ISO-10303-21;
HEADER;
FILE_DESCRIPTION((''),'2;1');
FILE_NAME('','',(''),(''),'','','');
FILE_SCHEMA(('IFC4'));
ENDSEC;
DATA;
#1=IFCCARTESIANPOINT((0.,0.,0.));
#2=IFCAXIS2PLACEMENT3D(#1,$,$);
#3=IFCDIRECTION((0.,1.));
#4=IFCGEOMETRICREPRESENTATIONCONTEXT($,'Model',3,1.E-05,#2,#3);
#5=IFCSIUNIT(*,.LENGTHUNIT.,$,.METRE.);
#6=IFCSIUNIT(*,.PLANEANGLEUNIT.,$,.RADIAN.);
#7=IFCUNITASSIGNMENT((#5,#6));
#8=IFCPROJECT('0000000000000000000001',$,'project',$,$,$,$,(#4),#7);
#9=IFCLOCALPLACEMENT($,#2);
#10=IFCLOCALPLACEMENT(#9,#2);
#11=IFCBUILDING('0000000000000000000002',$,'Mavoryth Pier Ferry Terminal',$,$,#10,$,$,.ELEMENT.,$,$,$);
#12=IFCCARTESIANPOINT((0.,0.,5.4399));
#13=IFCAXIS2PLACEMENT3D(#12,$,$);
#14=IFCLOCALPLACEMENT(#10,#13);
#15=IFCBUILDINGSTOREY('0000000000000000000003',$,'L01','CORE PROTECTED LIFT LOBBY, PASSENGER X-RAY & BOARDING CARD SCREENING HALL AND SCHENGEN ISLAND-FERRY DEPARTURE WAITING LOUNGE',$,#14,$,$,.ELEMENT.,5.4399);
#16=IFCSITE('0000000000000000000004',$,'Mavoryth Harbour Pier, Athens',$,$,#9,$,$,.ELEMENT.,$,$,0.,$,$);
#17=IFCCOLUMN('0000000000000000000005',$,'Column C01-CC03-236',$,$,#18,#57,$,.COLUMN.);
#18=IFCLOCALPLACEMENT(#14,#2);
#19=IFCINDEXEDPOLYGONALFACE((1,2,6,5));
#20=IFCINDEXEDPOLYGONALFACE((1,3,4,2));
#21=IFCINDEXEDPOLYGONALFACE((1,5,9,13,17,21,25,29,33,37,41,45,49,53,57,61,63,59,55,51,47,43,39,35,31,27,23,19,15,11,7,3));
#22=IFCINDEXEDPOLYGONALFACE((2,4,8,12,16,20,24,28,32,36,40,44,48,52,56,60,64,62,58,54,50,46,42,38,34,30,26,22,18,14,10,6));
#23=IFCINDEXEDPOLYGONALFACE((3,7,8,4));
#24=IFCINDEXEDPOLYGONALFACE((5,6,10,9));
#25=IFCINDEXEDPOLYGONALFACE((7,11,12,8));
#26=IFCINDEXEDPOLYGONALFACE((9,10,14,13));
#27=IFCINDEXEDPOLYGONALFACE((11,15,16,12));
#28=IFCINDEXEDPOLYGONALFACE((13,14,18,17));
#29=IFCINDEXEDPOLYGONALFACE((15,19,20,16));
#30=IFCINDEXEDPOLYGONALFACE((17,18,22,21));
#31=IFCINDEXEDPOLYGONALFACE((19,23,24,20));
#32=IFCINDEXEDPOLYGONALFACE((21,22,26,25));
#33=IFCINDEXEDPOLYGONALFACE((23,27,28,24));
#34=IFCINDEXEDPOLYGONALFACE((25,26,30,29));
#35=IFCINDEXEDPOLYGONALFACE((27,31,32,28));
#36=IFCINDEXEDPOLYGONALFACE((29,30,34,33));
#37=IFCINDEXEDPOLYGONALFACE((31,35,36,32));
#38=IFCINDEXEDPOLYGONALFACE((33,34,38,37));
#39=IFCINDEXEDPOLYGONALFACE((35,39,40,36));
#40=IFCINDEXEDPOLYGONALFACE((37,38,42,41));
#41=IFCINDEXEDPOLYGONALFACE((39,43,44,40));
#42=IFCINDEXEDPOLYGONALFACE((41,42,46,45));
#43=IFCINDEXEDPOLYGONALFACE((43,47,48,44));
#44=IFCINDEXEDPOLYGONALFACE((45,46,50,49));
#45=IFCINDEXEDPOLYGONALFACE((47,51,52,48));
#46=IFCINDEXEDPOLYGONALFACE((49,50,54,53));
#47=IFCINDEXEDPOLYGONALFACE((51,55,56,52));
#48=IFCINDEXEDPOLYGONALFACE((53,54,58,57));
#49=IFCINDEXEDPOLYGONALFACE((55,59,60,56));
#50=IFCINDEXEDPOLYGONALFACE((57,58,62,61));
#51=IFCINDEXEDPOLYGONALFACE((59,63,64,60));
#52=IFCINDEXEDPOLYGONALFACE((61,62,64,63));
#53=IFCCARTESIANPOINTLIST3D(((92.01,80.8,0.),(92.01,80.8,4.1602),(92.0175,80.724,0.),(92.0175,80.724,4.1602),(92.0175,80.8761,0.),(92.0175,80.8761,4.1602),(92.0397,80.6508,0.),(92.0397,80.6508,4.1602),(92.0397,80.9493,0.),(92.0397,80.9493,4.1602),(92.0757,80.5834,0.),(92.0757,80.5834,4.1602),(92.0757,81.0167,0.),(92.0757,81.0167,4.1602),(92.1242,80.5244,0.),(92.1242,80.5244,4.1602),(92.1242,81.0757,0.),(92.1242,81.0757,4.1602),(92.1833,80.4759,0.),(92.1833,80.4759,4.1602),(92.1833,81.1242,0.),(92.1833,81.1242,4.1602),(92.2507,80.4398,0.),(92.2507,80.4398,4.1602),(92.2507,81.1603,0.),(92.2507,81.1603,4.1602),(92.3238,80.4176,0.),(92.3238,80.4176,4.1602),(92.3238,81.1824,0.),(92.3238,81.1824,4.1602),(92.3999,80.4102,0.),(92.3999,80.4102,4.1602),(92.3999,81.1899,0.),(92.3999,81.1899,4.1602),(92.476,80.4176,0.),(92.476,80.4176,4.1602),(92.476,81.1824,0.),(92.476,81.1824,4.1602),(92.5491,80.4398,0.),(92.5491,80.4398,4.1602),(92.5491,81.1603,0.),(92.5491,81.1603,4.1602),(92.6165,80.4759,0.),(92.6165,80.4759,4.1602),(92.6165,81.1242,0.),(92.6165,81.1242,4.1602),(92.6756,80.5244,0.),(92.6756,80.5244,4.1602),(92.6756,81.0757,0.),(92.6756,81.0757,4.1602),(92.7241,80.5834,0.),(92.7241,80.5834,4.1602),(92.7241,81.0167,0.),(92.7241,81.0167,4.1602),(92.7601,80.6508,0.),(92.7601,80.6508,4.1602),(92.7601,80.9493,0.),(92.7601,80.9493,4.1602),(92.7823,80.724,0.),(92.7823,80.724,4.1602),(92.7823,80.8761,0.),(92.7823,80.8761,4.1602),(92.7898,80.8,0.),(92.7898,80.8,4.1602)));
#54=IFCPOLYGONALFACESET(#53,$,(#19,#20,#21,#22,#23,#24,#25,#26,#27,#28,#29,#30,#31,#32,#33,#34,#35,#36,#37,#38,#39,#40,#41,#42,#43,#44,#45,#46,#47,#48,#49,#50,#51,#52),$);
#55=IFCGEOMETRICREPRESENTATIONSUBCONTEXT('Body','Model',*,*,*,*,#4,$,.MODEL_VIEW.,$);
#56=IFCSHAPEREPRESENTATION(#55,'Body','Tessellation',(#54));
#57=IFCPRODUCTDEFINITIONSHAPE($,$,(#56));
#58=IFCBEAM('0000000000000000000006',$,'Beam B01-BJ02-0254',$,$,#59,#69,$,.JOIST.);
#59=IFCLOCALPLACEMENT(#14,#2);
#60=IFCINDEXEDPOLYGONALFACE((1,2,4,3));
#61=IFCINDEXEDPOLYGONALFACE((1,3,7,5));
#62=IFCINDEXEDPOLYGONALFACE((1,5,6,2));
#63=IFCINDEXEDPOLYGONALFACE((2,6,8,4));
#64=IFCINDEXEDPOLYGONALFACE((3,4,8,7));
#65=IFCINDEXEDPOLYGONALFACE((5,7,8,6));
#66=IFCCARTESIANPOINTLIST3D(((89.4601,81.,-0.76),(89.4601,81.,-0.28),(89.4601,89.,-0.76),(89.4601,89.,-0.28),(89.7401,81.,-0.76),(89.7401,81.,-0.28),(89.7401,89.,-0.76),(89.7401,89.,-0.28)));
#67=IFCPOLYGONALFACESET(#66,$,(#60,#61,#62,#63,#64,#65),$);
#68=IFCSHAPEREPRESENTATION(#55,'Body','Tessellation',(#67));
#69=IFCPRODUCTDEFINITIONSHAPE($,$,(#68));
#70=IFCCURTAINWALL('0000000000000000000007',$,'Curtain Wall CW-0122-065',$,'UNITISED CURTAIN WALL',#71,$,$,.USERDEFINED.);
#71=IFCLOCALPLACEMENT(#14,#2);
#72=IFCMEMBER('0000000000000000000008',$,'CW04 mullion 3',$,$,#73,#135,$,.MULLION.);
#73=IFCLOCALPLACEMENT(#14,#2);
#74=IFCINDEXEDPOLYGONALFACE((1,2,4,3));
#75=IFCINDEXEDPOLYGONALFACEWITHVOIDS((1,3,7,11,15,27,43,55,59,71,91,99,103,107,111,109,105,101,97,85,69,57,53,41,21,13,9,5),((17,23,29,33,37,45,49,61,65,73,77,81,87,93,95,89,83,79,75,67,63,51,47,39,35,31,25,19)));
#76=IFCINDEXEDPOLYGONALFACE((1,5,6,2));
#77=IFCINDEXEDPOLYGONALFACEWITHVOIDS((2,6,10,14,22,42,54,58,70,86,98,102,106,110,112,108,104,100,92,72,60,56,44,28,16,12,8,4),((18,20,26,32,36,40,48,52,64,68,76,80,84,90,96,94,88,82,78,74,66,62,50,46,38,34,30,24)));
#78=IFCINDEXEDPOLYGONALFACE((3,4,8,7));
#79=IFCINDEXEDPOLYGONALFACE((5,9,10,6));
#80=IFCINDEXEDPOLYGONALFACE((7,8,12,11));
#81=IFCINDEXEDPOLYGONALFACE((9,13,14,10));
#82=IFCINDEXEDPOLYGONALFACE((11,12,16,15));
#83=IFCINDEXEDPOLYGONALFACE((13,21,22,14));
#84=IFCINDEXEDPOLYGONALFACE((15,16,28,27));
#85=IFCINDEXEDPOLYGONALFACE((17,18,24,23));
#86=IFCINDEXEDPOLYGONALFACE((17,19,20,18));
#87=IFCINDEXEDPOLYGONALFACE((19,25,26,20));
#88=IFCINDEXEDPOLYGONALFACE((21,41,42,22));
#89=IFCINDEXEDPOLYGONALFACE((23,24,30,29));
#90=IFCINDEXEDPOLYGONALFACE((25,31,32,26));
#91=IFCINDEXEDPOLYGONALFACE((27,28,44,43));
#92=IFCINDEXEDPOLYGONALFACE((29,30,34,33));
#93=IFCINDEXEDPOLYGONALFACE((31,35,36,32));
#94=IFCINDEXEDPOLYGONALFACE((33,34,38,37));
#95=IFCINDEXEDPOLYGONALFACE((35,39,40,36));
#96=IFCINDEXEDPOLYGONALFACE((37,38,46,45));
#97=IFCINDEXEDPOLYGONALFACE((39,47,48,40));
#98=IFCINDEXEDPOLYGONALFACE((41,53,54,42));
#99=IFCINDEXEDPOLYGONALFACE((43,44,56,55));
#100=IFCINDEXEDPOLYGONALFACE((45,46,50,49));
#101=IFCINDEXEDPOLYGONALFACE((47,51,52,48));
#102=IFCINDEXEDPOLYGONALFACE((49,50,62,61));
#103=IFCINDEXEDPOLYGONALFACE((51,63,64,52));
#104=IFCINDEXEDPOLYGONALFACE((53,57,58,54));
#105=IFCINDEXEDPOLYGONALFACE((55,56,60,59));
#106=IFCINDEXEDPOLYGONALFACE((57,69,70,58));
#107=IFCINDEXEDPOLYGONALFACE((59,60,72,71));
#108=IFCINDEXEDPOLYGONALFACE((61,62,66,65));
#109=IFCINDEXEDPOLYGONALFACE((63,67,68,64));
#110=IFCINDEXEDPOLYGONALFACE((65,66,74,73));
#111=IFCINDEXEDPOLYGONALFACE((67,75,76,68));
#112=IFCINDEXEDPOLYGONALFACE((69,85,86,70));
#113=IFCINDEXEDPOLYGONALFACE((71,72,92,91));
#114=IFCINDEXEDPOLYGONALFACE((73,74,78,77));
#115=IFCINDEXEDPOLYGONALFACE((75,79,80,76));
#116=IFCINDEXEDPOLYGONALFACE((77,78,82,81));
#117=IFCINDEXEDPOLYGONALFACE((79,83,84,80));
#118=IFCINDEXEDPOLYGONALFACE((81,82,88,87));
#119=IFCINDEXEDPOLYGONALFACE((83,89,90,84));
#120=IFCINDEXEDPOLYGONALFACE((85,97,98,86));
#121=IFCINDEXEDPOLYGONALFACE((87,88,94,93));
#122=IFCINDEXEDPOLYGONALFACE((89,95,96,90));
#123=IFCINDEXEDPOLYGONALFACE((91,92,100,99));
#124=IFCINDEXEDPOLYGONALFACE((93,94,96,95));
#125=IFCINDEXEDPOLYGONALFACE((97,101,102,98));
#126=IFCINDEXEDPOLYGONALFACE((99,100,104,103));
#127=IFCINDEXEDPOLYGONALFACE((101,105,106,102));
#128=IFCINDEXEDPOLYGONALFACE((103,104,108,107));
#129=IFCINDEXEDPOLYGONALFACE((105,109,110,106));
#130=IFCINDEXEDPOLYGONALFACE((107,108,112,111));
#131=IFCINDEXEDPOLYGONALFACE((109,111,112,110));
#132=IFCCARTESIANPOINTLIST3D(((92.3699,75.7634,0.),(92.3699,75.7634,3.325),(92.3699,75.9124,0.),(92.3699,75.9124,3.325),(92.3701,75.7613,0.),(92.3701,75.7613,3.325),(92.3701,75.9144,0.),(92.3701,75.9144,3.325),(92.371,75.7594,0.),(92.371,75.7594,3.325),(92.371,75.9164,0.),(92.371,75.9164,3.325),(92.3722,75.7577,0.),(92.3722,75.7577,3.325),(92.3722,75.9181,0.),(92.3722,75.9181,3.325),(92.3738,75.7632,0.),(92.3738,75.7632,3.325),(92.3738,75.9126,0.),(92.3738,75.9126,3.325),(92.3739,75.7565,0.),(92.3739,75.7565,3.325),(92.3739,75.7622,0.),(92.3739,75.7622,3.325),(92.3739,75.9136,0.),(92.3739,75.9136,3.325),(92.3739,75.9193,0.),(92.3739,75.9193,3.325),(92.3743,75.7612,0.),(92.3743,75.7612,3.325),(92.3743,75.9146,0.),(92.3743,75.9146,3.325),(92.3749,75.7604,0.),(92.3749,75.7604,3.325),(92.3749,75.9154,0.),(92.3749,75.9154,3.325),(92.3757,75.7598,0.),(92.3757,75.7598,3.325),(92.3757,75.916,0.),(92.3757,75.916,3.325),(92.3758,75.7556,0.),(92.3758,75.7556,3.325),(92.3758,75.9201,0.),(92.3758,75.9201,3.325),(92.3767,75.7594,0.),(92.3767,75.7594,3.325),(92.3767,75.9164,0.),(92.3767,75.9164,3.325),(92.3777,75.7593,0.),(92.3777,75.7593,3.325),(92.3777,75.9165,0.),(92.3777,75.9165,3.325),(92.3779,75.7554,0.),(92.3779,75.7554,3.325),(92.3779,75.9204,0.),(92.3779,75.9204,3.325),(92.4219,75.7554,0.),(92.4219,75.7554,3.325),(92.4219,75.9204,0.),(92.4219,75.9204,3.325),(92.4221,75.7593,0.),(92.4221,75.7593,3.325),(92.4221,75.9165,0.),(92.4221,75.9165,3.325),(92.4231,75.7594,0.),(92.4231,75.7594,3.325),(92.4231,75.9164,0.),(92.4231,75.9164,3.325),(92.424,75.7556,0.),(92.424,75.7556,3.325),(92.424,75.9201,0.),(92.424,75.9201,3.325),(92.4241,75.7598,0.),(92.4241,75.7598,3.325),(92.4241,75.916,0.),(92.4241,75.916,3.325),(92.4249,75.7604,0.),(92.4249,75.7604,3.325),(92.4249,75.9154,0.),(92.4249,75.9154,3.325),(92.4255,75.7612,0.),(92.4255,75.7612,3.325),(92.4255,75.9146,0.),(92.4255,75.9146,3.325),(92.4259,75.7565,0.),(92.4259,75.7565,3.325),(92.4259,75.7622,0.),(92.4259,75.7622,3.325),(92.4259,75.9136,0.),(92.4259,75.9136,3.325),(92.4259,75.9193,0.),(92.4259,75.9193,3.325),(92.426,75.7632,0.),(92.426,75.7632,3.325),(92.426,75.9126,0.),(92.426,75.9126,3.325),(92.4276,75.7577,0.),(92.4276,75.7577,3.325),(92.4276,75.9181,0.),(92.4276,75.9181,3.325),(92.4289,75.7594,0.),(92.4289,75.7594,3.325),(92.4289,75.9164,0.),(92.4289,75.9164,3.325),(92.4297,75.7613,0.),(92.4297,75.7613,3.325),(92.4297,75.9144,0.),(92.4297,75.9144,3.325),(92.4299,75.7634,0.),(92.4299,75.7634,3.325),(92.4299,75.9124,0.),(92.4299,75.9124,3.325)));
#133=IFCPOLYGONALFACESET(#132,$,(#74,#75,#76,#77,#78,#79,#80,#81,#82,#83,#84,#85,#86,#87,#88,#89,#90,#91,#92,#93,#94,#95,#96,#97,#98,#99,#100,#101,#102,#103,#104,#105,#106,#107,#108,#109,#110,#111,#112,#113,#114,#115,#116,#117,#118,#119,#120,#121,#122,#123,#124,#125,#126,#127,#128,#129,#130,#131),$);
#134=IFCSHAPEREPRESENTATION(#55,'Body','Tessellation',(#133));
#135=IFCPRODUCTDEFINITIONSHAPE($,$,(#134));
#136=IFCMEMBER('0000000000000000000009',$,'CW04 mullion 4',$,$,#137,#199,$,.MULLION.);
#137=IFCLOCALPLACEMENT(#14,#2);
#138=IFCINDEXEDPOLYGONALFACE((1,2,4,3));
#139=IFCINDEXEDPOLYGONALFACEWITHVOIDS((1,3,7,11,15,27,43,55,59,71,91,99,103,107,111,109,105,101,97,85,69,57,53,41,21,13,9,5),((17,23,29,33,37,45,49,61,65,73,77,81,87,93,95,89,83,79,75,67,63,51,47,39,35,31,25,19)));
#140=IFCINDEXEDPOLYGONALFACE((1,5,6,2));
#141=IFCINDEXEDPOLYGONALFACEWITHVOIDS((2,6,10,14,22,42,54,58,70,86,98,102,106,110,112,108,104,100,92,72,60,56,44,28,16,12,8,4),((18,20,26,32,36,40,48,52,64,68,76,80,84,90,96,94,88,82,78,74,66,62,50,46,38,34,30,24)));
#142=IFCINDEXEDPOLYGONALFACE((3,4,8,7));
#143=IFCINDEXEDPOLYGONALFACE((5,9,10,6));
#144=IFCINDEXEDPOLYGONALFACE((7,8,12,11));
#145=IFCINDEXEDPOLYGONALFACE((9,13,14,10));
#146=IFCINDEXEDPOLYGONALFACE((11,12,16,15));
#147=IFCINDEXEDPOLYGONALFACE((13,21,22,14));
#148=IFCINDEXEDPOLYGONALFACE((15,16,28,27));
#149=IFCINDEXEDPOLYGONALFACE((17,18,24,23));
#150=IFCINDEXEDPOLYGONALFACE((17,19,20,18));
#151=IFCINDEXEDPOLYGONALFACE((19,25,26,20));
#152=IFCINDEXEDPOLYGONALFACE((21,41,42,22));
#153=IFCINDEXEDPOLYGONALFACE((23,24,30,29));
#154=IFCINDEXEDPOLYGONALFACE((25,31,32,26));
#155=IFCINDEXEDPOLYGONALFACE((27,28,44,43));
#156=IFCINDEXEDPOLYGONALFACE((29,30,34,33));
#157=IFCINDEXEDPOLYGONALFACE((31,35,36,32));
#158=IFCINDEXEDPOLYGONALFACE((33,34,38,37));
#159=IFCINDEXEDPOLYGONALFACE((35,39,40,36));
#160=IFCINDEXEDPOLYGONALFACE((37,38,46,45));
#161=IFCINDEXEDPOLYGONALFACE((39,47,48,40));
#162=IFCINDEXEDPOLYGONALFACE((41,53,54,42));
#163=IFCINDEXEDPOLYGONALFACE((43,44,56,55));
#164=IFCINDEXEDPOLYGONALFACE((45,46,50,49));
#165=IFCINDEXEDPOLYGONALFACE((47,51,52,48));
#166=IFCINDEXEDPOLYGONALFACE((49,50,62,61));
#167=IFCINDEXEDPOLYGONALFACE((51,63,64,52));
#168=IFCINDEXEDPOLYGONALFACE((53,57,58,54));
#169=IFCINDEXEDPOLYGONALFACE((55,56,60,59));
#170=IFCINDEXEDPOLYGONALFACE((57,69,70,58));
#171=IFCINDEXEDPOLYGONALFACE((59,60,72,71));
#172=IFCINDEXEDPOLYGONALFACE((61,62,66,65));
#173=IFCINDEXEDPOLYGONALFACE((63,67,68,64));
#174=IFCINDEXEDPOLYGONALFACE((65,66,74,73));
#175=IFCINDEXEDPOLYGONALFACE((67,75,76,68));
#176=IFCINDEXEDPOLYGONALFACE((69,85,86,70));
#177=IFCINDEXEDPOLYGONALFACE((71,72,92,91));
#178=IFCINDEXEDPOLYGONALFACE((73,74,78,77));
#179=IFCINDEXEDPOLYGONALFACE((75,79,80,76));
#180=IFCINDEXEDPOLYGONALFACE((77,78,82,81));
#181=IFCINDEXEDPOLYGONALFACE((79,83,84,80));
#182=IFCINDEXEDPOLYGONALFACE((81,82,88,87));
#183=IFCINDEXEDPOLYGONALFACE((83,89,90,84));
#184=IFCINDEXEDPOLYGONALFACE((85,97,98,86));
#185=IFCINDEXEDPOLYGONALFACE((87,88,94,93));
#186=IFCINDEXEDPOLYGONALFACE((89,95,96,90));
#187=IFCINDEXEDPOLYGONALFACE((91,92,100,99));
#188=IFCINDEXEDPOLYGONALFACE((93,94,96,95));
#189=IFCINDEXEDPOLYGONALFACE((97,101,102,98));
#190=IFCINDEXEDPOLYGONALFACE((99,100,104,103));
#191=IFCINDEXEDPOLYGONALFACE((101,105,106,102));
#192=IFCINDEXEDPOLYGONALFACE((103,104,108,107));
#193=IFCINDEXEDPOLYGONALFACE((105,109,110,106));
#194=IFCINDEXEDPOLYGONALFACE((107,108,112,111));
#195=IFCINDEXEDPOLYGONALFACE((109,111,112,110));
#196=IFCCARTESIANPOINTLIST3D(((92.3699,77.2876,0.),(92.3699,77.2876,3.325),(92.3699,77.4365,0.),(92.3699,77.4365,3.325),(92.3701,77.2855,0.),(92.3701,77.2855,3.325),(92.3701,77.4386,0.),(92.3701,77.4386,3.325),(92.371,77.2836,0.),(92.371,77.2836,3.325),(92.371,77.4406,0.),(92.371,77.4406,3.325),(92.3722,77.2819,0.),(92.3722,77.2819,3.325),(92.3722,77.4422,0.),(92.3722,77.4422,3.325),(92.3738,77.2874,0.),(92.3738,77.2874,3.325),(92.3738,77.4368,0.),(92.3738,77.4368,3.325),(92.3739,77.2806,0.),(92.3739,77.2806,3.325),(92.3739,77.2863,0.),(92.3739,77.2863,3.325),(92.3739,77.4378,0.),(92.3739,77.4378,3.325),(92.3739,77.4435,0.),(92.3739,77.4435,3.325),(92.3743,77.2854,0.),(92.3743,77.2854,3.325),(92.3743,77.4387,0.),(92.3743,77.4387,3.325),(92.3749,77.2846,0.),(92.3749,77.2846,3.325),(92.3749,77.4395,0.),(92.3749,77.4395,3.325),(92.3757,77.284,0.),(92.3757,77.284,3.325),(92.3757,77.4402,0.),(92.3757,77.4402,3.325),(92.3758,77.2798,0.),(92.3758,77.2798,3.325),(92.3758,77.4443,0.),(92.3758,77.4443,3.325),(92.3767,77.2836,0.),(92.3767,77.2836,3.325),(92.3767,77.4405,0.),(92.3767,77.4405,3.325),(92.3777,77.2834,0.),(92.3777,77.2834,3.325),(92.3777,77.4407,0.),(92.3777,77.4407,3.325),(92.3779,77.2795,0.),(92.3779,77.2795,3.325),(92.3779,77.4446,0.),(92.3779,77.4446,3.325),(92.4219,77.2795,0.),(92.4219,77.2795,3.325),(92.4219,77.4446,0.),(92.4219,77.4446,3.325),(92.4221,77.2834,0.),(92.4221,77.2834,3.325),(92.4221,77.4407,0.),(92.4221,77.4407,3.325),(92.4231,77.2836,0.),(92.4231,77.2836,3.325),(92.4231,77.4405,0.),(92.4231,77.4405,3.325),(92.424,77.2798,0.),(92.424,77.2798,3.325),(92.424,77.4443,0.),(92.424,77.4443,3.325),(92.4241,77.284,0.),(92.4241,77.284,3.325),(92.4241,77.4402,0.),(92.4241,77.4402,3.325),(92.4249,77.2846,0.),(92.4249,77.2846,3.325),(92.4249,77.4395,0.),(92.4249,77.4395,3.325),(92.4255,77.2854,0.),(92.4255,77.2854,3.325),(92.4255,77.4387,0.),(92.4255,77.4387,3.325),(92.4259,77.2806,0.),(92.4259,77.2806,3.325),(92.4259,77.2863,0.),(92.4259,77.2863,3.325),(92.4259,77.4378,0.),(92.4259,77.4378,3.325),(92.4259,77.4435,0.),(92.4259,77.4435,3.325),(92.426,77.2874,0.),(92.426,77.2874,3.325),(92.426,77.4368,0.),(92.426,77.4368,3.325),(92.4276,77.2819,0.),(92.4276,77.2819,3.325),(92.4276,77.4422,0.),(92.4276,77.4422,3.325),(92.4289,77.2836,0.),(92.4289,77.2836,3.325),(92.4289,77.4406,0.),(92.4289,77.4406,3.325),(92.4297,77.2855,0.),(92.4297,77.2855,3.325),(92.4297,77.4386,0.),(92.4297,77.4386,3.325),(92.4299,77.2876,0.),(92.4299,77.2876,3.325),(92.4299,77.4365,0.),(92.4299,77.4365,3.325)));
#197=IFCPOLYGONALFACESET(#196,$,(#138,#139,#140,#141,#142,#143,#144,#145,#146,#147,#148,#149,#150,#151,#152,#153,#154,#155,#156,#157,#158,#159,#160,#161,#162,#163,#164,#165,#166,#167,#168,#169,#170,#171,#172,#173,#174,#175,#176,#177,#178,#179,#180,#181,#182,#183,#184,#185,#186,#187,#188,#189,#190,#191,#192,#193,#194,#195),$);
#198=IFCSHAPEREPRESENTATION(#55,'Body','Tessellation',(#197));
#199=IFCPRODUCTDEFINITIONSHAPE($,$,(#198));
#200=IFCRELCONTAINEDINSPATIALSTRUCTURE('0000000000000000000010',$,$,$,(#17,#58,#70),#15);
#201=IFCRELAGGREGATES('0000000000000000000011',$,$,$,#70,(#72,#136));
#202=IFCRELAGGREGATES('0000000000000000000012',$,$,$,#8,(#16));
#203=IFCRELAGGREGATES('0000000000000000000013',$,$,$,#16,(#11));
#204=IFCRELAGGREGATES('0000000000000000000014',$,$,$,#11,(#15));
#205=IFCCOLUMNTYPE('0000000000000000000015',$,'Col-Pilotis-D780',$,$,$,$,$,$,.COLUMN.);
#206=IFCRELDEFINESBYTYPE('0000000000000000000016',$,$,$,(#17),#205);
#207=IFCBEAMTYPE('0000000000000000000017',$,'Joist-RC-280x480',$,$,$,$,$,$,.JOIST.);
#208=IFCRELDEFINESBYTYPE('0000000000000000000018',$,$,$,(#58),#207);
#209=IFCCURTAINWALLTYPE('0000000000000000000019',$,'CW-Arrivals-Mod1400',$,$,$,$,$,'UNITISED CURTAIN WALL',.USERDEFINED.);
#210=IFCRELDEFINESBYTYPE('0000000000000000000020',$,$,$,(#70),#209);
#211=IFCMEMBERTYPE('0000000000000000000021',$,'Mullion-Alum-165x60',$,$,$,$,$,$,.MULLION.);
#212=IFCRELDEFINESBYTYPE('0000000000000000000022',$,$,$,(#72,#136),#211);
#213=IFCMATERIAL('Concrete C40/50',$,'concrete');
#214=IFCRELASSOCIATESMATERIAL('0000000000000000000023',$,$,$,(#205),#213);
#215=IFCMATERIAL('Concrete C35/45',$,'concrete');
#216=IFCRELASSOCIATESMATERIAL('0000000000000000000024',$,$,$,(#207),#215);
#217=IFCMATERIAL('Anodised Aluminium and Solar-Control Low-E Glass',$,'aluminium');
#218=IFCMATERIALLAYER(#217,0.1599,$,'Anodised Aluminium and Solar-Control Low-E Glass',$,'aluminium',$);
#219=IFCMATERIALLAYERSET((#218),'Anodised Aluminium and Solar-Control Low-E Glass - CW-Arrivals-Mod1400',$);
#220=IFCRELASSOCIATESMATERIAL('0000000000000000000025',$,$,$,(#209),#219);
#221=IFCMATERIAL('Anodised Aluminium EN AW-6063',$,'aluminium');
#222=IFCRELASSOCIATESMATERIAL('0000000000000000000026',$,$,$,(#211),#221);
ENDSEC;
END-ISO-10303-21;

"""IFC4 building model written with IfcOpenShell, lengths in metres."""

from ifc_helpers import new_model, si_unit, direction, frame, origin, origin_2d, place, context, subcontext, project, spatial, rectangle, hollow_rectangle, circle, extrude, material, layer, layer_set, material_profile, profile_set, type_object, element, aggregate, save


model = new_model("IFC4")

# Units and contexts
model_context = context("Model", 3, precision=1e-05, world=origin(), true_north=direction((0.0, 1.0)))
body_context = subcontext(model_context, "Body", "Model", "MODEL_VIEW")
ifc_project = project(units=[si_unit("LENGTHUNIT", "METRE"), si_unit("PLANEANGLEUNIT", "RADIAN")], contexts=[model_context])

# Site, building, storey
site_placement = place(None, origin())
site = spatial("IfcSite", under=ifc_project, at=site_placement, Name="Mavoryth Harbour Pier, Athens", CompositionType="ELEMENT", RefElevation=0.0)
building_placement = place(site_placement, origin())
building = spatial("IfcBuilding", under=site, at=building_placement, Name="Mavoryth Pier Ferry Terminal", CompositionType="ELEMENT")
storey_placement = place(building_placement, frame((0.0, 0.0, 5.4399)))
storey = spatial("IfcBuildingStorey", under=building, at=storey_placement, Name="L01", Description="CORE PROTECTED LIFT LOBBY, PASSENGER X-RAY & BOARDING CARD SCREENING HALL AND SCHENGEN ISLAND-FERRY DEPARTURE WAITING LOUNGE", CompositionType="ELEMENT", Elevation=5.4399)

# Column
ifc_material_1 = material(Name="Concrete C40/50", Category="concrete")
ifc_material_profile_1 = material_profile(ifc_material_1, circle(Radius=0.3899, at=origin_2d()), Name="RC D780", Category="concrete")
ifc_profile_set_1 = profile_set([ifc_material_profile_1], Name="Concrete C40/50 - RC D780")
column_type = type_object("IfcColumnType", Name="Col-Pilotis-D780", PredefinedType="COLUMN", material=ifc_profile_set_1)
column_placement = place(storey_placement, frame((92.3999, 80.8, 0.0), z_axis=(0.0, 0.0, 1.0), x_axis=(1.0, 0.0, 0.0)))
element("IfcColumn", 1, at=column_placement, inside=storey, type_object=column_type, Name="Column C01-CC03-236", PredefinedType="COLUMN", context=body_context, shape_type="SweptSolid", body=[
    extrude(circle(Radius=0.3899, at=origin_2d()), origin(), (0.0, 0.0, 1.0), 4.1602),
])

# Beam
ifc_material_2 = material(Name="Concrete C35/45", Category="concrete")
ifc_material_profile_2 = material_profile(ifc_material_2, rectangle(XDim=0.28, YDim=0.48, at=origin_2d()), Name="RC 280x480", Category="concrete")
ifc_profile_set_2 = profile_set([ifc_material_profile_2], Name="Concrete C35/45 - RC 280x480")
beam_type_1 = type_object("IfcBeamType", Name="Joist-RC-280x480", PredefinedType="JOIST", material=ifc_profile_set_2)
beam_1_placement = place(storey_placement, frame((89.6001, 81.0, -0.52), z_axis=(0.0, 1.0, 0.0), x_axis=(-1.0, 0.0, 0.0)))
element("IfcBeam", 2, at=beam_1_placement, inside=storey, type_object=beam_type_1, Name="Beam B01-BJ02-0254", PredefinedType="JOIST", context=body_context, shape_type="SweptSolid", body=[
    extrude(rectangle(XDim=0.28, YDim=0.48, at=origin_2d()), origin(), (0.0, 0.0, 1.0), 8.0),
])

# Curtain wall, members
ifc_material_3 = material(Name="Anodised Aluminium and Solar-Control Low-E Glass", Category="aluminium")
ifc_layer_1 = layer(ifc_material_3, 0.1599, Name="Anodised Aluminium and Solar-Control Low-E Glass", Category="aluminium")
ifc_layer_set_1 = layer_set([ifc_layer_1], Name="Anodised Aluminium and Solar-Control Low-E Glass - CW-Arrivals-Mod1400")
curtain_wall_type = type_object("IfcCurtainWallType", Name="CW-Arrivals-Mod1400", ElementType="UNITISED CURTAIN WALL", PredefinedType="USERDEFINED", material=ifc_layer_set_1)
curtain_wall_1_placement = place(storey_placement, origin())
curtain_wall_1 = element("IfcCurtainWall", 3, at=curtain_wall_1_placement, inside=storey, type_object=curtain_wall_type, Name="Curtain Wall CW-0122-065", ObjectType="UNITISED CURTAIN WALL", PredefinedType="USERDEFINED")
ifc_material_4 = material(Name="Anodised Aluminium EN AW-6063", Category="aluminium")
ifc_material_profile_3 = material_profile(ifc_material_4, hollow_rectangle(XDim=0.0601, YDim=0.165, WallThickness=0.0039, InnerFilletRadius=0.0039, OuterFilletRadius=0.0081, at=origin_2d()), Name="AL-MULL 165x60x4", Category="aluminium")
ifc_profile_set_3 = profile_set([ifc_material_profile_3], Name="Anodised Aluminium EN AW-6063 - AL-MULL 165x60x4")
member_type_1 = type_object("IfcMemberType", Name="Mullion-Alum-165x60", PredefinedType="MULLION", material=ifc_profile_set_3)
member_1_placement = place(storey_placement, frame((92.3999, 75.8379, 0.0), z_axis=(0.0, 0.0, 1.0), x_axis=(-1.0, 0.0, 0.0)))
member_1 = element("IfcMember", 4, at=member_1_placement, type_object=member_type_1, Name="CW04 mullion 3", PredefinedType="MULLION", context=body_context, shape_type="SweptSolid", body=[
    extrude(hollow_rectangle(XDim=0.0601, YDim=0.165, WallThickness=0.0039, InnerFilletRadius=0.0039, OuterFilletRadius=0.0081, at=origin_2d()), origin(), (0.0, 0.0, 1.0), 3.325),
])
member_2_placement = place(storey_placement, frame((92.3999, 77.3621, 0.0), z_axis=(0.0, 0.0, 1.0), x_axis=(-1.0, 0.0, 0.0)))
member_2 = element("IfcMember", 5, at=member_2_placement, type_object=member_type_1, Name="CW04 mullion 4", PredefinedType="MULLION", context=body_context, shape_type="SweptSolid", body=[
    extrude(hollow_rectangle(XDim=0.0601, YDim=0.165, WallThickness=0.0039, InnerFilletRadius=0.0039, OuterFilletRadius=0.0081, at=origin_2d()), origin(), (0.0, 0.0, 1.0), 3.325),
])

aggregate(curtain_wall_1, [member_1, member_2])

save(model, "model.ifc")
